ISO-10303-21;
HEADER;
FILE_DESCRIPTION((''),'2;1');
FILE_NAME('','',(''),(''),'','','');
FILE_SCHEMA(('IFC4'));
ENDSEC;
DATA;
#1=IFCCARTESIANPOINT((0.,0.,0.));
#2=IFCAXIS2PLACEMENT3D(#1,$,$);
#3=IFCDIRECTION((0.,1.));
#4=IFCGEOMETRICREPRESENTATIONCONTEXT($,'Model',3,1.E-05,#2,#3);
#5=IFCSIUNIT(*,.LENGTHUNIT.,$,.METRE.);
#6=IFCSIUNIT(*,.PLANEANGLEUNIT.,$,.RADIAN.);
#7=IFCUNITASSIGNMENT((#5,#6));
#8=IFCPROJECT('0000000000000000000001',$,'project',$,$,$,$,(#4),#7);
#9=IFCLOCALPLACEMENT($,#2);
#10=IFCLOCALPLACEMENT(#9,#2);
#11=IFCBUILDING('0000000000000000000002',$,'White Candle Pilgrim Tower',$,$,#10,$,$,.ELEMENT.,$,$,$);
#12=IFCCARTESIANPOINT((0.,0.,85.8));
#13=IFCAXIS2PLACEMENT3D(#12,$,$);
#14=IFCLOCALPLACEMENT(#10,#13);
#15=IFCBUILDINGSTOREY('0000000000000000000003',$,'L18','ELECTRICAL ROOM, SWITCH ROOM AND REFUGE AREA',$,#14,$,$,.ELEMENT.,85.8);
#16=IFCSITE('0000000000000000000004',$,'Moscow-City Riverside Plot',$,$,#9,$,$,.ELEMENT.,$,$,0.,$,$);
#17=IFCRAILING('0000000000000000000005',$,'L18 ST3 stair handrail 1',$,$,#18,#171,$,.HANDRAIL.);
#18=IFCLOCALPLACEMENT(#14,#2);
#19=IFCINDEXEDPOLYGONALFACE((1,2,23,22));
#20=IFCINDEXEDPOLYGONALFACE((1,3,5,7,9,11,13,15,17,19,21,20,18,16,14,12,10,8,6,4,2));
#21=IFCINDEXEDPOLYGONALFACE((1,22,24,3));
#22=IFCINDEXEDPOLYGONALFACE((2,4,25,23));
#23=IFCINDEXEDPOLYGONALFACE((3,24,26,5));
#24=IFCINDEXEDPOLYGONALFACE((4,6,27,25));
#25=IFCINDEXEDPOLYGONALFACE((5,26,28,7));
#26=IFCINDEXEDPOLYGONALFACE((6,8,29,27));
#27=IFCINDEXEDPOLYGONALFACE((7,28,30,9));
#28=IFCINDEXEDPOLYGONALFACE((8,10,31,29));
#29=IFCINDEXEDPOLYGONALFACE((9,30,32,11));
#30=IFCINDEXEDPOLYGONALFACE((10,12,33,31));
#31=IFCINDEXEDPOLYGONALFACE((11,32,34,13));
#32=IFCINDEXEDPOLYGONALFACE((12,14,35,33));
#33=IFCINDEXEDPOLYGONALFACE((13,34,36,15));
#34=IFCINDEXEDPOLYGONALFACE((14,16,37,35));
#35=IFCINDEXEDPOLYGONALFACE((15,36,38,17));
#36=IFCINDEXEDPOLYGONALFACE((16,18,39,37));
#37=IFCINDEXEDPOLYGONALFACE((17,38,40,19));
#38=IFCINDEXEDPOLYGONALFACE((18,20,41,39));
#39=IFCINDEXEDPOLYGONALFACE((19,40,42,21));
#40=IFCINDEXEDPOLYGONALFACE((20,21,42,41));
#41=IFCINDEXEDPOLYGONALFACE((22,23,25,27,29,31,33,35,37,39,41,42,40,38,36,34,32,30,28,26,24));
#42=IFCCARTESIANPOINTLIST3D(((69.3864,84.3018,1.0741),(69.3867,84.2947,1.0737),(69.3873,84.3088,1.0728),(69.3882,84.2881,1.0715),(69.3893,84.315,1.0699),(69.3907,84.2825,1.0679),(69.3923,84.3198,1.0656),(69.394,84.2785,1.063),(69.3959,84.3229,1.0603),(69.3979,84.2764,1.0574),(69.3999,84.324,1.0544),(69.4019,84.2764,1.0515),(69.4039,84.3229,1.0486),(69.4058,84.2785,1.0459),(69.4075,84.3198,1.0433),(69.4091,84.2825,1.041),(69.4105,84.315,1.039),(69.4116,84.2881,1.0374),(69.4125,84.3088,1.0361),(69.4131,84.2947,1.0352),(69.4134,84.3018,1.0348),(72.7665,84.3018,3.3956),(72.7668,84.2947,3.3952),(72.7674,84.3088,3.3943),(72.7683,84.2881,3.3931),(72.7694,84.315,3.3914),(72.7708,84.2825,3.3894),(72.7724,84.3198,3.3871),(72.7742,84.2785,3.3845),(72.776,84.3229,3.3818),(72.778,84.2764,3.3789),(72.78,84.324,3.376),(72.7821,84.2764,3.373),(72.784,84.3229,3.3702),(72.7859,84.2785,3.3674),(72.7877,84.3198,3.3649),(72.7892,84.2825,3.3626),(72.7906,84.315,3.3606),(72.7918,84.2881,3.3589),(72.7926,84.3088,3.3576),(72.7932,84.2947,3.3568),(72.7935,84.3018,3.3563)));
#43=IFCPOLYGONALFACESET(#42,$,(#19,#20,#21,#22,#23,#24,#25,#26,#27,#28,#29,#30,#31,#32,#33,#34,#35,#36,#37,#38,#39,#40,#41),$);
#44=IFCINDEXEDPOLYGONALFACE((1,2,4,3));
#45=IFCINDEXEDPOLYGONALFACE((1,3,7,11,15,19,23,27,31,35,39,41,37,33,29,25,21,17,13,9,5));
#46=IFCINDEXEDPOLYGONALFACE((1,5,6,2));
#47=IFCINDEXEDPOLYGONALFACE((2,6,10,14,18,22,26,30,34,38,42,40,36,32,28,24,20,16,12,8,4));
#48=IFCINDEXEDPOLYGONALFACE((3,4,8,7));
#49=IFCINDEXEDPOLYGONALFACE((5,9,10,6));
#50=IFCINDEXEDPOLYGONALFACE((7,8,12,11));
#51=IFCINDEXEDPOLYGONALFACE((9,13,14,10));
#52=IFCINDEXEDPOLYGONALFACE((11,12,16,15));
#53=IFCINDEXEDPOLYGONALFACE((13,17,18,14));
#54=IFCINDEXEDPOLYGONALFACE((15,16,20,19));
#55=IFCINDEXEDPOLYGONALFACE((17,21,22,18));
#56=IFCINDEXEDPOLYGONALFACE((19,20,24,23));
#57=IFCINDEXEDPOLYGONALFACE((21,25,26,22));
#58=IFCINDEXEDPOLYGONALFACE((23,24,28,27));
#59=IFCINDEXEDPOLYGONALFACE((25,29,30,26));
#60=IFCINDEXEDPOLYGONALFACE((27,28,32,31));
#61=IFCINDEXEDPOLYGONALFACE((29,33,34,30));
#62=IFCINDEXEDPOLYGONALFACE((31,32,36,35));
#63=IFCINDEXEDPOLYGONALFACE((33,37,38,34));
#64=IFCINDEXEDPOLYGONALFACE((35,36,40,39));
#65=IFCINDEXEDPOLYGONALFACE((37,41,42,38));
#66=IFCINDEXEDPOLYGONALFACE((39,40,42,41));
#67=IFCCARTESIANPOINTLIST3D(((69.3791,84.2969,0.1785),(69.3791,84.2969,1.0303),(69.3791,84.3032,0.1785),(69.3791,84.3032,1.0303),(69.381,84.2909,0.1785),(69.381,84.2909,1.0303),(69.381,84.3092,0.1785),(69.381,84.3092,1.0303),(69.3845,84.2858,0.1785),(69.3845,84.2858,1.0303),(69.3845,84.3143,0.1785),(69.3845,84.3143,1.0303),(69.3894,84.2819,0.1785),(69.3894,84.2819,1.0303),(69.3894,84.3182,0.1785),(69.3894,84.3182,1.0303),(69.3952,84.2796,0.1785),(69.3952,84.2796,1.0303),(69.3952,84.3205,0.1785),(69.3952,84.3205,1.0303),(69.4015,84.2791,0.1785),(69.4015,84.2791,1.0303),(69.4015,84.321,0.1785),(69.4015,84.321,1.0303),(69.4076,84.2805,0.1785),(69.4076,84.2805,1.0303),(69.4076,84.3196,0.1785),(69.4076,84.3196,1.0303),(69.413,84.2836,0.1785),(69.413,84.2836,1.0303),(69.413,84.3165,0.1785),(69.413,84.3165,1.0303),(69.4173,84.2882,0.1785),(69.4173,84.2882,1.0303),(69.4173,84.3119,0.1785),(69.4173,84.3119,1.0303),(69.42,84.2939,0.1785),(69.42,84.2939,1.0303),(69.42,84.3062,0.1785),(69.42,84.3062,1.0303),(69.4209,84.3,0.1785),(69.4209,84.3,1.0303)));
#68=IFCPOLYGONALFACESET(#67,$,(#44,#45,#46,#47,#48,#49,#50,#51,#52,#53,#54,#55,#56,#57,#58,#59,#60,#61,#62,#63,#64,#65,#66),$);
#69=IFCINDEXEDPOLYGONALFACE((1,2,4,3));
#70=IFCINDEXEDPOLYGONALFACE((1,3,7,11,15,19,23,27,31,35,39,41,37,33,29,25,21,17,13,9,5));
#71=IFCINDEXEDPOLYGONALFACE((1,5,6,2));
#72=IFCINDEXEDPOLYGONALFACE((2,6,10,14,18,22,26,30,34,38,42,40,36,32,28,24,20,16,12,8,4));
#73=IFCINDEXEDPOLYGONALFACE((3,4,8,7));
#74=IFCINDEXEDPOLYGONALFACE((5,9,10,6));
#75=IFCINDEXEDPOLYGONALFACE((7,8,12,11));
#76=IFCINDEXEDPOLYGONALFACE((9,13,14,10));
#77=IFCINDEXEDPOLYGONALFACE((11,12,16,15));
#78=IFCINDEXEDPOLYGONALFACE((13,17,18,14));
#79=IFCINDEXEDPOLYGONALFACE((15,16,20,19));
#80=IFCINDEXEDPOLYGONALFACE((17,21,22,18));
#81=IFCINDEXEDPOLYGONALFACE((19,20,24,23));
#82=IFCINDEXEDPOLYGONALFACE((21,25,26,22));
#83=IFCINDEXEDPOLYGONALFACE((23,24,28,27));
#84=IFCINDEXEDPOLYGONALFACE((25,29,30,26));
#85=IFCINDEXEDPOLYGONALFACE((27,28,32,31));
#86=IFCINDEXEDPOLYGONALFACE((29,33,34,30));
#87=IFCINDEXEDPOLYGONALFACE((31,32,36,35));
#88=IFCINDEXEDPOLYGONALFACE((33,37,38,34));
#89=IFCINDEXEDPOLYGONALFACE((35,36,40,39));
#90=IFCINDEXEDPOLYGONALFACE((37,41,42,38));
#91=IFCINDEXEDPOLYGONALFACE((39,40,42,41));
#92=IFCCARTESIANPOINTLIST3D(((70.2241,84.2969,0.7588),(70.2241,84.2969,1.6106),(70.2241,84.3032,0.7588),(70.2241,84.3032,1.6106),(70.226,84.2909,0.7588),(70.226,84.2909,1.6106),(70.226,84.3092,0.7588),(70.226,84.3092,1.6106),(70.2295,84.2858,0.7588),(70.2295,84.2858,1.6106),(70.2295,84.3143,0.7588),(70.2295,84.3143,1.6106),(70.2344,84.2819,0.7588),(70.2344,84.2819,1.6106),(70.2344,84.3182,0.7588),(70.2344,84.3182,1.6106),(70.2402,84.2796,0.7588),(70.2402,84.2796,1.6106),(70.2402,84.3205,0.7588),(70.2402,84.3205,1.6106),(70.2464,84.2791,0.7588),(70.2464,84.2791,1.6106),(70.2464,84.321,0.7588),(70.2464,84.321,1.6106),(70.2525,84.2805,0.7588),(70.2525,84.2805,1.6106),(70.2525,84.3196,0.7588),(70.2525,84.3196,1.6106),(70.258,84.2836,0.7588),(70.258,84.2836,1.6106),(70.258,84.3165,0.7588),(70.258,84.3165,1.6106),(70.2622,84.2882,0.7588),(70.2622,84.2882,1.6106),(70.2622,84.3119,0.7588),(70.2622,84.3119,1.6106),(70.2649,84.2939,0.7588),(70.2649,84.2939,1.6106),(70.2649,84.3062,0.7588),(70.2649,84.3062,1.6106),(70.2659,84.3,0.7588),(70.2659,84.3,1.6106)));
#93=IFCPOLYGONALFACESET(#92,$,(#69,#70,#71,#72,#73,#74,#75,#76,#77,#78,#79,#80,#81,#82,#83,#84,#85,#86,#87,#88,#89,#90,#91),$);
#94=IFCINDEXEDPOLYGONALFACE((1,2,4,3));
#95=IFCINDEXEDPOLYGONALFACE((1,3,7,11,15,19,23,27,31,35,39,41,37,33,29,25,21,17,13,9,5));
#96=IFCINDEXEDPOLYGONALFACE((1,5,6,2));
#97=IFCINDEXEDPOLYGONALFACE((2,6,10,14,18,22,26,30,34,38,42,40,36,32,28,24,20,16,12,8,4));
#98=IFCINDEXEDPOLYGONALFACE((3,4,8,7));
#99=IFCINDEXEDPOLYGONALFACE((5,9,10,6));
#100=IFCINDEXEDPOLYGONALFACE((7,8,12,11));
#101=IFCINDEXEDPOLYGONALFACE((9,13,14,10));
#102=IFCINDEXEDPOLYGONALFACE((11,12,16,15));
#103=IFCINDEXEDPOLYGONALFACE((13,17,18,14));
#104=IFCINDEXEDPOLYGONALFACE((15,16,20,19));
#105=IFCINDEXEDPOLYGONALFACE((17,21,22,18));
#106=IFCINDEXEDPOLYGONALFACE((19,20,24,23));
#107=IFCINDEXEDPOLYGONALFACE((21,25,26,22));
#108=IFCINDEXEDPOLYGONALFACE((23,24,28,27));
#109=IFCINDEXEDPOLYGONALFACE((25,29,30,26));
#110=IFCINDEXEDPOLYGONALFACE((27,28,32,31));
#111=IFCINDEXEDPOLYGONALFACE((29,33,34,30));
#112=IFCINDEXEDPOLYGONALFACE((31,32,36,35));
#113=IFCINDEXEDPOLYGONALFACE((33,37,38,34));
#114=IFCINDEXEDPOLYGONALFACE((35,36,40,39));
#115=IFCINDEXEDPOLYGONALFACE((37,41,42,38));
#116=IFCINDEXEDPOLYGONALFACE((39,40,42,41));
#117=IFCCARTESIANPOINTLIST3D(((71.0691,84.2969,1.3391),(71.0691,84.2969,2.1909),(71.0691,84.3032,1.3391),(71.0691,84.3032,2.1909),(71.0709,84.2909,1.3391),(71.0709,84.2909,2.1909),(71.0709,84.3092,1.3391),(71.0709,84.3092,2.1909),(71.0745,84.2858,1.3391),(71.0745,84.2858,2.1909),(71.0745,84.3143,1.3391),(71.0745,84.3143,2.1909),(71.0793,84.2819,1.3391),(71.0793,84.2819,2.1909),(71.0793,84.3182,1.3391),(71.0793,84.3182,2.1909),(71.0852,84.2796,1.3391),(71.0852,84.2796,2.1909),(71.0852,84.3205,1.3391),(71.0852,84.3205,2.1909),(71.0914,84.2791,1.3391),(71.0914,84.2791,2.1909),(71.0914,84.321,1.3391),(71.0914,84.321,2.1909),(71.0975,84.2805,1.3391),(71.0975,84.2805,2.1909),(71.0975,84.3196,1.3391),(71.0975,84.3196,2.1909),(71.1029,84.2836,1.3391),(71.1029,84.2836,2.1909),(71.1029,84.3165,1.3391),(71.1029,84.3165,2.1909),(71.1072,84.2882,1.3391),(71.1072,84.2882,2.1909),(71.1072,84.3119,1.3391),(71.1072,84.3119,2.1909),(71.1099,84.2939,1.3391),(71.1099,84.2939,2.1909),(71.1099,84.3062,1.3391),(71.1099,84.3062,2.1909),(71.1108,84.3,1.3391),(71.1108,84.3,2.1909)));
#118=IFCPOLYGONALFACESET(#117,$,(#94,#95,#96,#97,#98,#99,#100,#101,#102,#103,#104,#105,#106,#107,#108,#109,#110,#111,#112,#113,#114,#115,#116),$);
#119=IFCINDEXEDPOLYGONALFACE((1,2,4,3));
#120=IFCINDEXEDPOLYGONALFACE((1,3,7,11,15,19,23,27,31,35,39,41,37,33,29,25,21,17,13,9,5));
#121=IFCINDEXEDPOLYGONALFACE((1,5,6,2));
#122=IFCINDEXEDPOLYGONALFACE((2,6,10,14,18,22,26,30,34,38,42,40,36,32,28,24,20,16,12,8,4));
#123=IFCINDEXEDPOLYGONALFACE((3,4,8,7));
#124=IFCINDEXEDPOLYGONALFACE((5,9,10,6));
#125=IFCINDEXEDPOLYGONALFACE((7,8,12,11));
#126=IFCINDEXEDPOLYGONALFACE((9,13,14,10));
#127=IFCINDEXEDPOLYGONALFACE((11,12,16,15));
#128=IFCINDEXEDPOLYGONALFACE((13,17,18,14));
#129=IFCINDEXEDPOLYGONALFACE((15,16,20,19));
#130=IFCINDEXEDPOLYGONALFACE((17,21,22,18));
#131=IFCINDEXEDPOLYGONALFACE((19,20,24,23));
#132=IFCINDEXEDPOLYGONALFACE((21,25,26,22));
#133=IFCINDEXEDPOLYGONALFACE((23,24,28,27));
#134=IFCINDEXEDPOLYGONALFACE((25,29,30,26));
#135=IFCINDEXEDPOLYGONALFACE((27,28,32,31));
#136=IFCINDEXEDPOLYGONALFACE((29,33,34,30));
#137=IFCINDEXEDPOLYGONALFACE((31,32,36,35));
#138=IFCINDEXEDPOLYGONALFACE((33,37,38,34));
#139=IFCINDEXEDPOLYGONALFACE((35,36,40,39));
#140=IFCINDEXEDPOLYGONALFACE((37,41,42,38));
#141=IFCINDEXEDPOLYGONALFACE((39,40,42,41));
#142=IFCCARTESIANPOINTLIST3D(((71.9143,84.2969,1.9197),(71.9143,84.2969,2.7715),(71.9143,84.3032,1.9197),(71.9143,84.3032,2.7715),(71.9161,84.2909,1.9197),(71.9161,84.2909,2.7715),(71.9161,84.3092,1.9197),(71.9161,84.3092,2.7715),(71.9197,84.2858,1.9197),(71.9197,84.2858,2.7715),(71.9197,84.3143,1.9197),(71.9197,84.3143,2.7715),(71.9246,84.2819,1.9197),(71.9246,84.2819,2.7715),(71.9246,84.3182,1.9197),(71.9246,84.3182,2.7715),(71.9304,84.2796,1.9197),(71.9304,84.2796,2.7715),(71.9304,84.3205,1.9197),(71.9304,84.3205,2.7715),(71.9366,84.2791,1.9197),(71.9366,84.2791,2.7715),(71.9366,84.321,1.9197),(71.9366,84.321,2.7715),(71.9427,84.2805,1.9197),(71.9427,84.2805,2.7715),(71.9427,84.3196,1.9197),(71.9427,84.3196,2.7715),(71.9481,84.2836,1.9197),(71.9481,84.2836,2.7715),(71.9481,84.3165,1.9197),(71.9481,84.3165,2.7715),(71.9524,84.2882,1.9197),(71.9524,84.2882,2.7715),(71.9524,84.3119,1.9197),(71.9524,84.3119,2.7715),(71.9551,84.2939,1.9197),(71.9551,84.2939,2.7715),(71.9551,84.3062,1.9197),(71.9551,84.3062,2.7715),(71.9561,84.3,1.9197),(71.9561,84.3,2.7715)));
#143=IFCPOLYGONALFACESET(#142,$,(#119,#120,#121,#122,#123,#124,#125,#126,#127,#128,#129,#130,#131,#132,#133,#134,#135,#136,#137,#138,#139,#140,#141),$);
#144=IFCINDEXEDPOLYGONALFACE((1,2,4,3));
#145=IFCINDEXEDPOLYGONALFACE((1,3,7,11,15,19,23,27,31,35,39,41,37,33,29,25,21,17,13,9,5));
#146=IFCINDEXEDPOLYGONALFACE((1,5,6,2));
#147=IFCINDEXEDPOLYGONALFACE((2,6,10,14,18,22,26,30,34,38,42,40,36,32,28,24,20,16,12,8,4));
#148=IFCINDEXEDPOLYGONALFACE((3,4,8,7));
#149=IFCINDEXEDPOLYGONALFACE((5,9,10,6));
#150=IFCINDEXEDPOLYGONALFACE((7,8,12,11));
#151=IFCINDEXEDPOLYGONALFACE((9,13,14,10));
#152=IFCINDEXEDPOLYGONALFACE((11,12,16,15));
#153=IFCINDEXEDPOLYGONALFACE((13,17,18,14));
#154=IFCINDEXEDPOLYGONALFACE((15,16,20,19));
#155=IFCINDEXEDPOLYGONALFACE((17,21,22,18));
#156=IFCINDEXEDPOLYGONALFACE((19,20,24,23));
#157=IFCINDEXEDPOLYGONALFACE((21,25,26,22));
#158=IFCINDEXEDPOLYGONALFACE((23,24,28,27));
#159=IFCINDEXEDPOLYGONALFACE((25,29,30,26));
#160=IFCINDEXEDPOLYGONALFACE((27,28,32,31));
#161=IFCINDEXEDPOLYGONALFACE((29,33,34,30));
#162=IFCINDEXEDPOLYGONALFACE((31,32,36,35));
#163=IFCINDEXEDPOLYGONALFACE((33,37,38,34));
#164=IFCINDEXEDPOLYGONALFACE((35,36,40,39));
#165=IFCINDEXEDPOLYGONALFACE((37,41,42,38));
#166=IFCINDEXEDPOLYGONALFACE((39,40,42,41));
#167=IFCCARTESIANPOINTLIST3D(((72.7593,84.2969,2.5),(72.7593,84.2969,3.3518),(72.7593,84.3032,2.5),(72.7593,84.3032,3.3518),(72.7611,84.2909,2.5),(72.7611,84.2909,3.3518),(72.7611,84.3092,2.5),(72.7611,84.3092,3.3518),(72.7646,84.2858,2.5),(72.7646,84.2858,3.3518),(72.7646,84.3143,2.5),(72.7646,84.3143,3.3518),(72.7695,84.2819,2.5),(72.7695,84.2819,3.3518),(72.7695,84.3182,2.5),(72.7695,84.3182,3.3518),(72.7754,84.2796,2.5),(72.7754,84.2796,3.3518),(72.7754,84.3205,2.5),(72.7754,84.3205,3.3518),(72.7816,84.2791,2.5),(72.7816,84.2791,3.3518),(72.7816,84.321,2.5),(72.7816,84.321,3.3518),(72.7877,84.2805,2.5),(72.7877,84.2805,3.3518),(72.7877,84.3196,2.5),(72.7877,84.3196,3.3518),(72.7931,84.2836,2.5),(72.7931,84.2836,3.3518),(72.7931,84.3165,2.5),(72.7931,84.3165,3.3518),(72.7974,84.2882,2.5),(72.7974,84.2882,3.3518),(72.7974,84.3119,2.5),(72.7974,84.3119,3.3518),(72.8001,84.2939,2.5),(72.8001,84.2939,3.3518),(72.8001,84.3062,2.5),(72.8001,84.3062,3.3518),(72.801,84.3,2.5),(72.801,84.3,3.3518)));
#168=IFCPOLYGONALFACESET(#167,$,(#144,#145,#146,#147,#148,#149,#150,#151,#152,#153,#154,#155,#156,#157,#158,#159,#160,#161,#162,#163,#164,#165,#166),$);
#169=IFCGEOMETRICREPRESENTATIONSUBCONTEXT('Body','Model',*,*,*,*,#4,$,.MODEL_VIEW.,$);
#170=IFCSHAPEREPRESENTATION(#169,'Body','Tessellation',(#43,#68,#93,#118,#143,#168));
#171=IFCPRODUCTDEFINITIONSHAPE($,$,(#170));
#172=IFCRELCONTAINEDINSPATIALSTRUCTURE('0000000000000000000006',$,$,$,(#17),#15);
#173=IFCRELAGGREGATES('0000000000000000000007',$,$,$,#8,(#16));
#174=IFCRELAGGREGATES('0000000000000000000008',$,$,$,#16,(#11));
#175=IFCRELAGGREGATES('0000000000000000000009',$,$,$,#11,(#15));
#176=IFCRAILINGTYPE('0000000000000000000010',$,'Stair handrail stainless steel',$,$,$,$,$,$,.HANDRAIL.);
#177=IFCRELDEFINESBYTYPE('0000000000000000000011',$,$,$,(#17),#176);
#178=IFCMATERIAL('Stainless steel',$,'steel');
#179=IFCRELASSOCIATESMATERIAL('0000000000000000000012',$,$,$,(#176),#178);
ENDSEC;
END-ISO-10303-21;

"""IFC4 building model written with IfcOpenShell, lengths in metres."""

from ifc_helpers import new_model, si_unit, direction, frame, origin, origin_2d, place, context, subcontext, project, spatial, circle, extrude, material, type_object, element, save


model = new_model("IFC4")

# Units and contexts
model_context = context("Model", 3, precision=1e-05, world=origin(), true_north=direction((0.0, 1.0)))
body_context = subcontext(model_context, "Body", "Model", "MODEL_VIEW")
ifc_project = project(units=[si_unit("LENGTHUNIT", "METRE"), si_unit("PLANEANGLEUNIT", "RADIAN")], contexts=[model_context])

# Site, building, storey
site_placement = place(None, origin())
site = spatial("IfcSite", under=ifc_project, at=site_placement, Name="Moscow-City Riverside Plot", CompositionType="ELEMENT", RefElevation=0.0)
building_placement = place(site_placement, origin())
building = spatial("IfcBuilding", under=site, at=building_placement, Name="White Candle Pilgrim Tower", CompositionType="ELEMENT")
storey_placement = place(building_placement, frame((0.0, 0.0, 85.8)))
storey = spatial("IfcBuildingStorey", under=building, at=storey_placement, Name="L18", Description="ELECTRICAL ROOM, SWITCH ROOM AND REFUGE AREA", CompositionType="ELEMENT", Elevation=85.8)

# Railing
ifc_material_1 = material(Name="Stainless steel", Category="steel")
railing_type_1 = type_object("IfcRailingType", Name="Stair handrail stainless steel", PredefinedType="HANDRAIL", material=ifc_material_1)
railing_1_placement = place(storey_placement, frame((69.3999, 84.3, 0.1785)))
element("IfcRailing", 1, at=railing_1_placement, inside=storey, type_object=railing_type_1, Name="L18 ST3 stair handrail 1", PredefinedType="HANDRAIL", context=body_context, shape_type="SweptSolid", body=[
    extrude(circle(Radius=0.0239, at=origin_2d()), frame((0.0, 0.0, 0.876), z_axis=(0.824304, 0.0, 0.566147), x_axis=(0.0, 1.0, 0.0)), (0.0, 0.0, 1.0), 4.1006),
    extrude(circle(Radius=0.021, at=origin_2d()), origin(), (0.0, 0.0, 1.0), 0.8518),
    extrude(circle(Radius=0.021, at=origin_2d()), frame((0.845, 0.0, 0.5803)), (0.0, 0.0, 1.0), 0.8518),
    extrude(circle(Radius=0.021, at=origin_2d()), frame((1.6899, 0.0, 1.1606)), (0.0, 0.0, 1.0), 0.8518),
    extrude(circle(Radius=0.021, at=origin_2d()), frame((2.5352, 0.0, 1.7412)), (0.0, 0.0, 1.0), 0.8518),
    extrude(circle(Radius=0.021, at=origin_2d()), frame((3.3801, 0.0, 2.3215)), (0.0, 0.0, 1.0), 0.8518),
])

save(model, "model.ifc")
